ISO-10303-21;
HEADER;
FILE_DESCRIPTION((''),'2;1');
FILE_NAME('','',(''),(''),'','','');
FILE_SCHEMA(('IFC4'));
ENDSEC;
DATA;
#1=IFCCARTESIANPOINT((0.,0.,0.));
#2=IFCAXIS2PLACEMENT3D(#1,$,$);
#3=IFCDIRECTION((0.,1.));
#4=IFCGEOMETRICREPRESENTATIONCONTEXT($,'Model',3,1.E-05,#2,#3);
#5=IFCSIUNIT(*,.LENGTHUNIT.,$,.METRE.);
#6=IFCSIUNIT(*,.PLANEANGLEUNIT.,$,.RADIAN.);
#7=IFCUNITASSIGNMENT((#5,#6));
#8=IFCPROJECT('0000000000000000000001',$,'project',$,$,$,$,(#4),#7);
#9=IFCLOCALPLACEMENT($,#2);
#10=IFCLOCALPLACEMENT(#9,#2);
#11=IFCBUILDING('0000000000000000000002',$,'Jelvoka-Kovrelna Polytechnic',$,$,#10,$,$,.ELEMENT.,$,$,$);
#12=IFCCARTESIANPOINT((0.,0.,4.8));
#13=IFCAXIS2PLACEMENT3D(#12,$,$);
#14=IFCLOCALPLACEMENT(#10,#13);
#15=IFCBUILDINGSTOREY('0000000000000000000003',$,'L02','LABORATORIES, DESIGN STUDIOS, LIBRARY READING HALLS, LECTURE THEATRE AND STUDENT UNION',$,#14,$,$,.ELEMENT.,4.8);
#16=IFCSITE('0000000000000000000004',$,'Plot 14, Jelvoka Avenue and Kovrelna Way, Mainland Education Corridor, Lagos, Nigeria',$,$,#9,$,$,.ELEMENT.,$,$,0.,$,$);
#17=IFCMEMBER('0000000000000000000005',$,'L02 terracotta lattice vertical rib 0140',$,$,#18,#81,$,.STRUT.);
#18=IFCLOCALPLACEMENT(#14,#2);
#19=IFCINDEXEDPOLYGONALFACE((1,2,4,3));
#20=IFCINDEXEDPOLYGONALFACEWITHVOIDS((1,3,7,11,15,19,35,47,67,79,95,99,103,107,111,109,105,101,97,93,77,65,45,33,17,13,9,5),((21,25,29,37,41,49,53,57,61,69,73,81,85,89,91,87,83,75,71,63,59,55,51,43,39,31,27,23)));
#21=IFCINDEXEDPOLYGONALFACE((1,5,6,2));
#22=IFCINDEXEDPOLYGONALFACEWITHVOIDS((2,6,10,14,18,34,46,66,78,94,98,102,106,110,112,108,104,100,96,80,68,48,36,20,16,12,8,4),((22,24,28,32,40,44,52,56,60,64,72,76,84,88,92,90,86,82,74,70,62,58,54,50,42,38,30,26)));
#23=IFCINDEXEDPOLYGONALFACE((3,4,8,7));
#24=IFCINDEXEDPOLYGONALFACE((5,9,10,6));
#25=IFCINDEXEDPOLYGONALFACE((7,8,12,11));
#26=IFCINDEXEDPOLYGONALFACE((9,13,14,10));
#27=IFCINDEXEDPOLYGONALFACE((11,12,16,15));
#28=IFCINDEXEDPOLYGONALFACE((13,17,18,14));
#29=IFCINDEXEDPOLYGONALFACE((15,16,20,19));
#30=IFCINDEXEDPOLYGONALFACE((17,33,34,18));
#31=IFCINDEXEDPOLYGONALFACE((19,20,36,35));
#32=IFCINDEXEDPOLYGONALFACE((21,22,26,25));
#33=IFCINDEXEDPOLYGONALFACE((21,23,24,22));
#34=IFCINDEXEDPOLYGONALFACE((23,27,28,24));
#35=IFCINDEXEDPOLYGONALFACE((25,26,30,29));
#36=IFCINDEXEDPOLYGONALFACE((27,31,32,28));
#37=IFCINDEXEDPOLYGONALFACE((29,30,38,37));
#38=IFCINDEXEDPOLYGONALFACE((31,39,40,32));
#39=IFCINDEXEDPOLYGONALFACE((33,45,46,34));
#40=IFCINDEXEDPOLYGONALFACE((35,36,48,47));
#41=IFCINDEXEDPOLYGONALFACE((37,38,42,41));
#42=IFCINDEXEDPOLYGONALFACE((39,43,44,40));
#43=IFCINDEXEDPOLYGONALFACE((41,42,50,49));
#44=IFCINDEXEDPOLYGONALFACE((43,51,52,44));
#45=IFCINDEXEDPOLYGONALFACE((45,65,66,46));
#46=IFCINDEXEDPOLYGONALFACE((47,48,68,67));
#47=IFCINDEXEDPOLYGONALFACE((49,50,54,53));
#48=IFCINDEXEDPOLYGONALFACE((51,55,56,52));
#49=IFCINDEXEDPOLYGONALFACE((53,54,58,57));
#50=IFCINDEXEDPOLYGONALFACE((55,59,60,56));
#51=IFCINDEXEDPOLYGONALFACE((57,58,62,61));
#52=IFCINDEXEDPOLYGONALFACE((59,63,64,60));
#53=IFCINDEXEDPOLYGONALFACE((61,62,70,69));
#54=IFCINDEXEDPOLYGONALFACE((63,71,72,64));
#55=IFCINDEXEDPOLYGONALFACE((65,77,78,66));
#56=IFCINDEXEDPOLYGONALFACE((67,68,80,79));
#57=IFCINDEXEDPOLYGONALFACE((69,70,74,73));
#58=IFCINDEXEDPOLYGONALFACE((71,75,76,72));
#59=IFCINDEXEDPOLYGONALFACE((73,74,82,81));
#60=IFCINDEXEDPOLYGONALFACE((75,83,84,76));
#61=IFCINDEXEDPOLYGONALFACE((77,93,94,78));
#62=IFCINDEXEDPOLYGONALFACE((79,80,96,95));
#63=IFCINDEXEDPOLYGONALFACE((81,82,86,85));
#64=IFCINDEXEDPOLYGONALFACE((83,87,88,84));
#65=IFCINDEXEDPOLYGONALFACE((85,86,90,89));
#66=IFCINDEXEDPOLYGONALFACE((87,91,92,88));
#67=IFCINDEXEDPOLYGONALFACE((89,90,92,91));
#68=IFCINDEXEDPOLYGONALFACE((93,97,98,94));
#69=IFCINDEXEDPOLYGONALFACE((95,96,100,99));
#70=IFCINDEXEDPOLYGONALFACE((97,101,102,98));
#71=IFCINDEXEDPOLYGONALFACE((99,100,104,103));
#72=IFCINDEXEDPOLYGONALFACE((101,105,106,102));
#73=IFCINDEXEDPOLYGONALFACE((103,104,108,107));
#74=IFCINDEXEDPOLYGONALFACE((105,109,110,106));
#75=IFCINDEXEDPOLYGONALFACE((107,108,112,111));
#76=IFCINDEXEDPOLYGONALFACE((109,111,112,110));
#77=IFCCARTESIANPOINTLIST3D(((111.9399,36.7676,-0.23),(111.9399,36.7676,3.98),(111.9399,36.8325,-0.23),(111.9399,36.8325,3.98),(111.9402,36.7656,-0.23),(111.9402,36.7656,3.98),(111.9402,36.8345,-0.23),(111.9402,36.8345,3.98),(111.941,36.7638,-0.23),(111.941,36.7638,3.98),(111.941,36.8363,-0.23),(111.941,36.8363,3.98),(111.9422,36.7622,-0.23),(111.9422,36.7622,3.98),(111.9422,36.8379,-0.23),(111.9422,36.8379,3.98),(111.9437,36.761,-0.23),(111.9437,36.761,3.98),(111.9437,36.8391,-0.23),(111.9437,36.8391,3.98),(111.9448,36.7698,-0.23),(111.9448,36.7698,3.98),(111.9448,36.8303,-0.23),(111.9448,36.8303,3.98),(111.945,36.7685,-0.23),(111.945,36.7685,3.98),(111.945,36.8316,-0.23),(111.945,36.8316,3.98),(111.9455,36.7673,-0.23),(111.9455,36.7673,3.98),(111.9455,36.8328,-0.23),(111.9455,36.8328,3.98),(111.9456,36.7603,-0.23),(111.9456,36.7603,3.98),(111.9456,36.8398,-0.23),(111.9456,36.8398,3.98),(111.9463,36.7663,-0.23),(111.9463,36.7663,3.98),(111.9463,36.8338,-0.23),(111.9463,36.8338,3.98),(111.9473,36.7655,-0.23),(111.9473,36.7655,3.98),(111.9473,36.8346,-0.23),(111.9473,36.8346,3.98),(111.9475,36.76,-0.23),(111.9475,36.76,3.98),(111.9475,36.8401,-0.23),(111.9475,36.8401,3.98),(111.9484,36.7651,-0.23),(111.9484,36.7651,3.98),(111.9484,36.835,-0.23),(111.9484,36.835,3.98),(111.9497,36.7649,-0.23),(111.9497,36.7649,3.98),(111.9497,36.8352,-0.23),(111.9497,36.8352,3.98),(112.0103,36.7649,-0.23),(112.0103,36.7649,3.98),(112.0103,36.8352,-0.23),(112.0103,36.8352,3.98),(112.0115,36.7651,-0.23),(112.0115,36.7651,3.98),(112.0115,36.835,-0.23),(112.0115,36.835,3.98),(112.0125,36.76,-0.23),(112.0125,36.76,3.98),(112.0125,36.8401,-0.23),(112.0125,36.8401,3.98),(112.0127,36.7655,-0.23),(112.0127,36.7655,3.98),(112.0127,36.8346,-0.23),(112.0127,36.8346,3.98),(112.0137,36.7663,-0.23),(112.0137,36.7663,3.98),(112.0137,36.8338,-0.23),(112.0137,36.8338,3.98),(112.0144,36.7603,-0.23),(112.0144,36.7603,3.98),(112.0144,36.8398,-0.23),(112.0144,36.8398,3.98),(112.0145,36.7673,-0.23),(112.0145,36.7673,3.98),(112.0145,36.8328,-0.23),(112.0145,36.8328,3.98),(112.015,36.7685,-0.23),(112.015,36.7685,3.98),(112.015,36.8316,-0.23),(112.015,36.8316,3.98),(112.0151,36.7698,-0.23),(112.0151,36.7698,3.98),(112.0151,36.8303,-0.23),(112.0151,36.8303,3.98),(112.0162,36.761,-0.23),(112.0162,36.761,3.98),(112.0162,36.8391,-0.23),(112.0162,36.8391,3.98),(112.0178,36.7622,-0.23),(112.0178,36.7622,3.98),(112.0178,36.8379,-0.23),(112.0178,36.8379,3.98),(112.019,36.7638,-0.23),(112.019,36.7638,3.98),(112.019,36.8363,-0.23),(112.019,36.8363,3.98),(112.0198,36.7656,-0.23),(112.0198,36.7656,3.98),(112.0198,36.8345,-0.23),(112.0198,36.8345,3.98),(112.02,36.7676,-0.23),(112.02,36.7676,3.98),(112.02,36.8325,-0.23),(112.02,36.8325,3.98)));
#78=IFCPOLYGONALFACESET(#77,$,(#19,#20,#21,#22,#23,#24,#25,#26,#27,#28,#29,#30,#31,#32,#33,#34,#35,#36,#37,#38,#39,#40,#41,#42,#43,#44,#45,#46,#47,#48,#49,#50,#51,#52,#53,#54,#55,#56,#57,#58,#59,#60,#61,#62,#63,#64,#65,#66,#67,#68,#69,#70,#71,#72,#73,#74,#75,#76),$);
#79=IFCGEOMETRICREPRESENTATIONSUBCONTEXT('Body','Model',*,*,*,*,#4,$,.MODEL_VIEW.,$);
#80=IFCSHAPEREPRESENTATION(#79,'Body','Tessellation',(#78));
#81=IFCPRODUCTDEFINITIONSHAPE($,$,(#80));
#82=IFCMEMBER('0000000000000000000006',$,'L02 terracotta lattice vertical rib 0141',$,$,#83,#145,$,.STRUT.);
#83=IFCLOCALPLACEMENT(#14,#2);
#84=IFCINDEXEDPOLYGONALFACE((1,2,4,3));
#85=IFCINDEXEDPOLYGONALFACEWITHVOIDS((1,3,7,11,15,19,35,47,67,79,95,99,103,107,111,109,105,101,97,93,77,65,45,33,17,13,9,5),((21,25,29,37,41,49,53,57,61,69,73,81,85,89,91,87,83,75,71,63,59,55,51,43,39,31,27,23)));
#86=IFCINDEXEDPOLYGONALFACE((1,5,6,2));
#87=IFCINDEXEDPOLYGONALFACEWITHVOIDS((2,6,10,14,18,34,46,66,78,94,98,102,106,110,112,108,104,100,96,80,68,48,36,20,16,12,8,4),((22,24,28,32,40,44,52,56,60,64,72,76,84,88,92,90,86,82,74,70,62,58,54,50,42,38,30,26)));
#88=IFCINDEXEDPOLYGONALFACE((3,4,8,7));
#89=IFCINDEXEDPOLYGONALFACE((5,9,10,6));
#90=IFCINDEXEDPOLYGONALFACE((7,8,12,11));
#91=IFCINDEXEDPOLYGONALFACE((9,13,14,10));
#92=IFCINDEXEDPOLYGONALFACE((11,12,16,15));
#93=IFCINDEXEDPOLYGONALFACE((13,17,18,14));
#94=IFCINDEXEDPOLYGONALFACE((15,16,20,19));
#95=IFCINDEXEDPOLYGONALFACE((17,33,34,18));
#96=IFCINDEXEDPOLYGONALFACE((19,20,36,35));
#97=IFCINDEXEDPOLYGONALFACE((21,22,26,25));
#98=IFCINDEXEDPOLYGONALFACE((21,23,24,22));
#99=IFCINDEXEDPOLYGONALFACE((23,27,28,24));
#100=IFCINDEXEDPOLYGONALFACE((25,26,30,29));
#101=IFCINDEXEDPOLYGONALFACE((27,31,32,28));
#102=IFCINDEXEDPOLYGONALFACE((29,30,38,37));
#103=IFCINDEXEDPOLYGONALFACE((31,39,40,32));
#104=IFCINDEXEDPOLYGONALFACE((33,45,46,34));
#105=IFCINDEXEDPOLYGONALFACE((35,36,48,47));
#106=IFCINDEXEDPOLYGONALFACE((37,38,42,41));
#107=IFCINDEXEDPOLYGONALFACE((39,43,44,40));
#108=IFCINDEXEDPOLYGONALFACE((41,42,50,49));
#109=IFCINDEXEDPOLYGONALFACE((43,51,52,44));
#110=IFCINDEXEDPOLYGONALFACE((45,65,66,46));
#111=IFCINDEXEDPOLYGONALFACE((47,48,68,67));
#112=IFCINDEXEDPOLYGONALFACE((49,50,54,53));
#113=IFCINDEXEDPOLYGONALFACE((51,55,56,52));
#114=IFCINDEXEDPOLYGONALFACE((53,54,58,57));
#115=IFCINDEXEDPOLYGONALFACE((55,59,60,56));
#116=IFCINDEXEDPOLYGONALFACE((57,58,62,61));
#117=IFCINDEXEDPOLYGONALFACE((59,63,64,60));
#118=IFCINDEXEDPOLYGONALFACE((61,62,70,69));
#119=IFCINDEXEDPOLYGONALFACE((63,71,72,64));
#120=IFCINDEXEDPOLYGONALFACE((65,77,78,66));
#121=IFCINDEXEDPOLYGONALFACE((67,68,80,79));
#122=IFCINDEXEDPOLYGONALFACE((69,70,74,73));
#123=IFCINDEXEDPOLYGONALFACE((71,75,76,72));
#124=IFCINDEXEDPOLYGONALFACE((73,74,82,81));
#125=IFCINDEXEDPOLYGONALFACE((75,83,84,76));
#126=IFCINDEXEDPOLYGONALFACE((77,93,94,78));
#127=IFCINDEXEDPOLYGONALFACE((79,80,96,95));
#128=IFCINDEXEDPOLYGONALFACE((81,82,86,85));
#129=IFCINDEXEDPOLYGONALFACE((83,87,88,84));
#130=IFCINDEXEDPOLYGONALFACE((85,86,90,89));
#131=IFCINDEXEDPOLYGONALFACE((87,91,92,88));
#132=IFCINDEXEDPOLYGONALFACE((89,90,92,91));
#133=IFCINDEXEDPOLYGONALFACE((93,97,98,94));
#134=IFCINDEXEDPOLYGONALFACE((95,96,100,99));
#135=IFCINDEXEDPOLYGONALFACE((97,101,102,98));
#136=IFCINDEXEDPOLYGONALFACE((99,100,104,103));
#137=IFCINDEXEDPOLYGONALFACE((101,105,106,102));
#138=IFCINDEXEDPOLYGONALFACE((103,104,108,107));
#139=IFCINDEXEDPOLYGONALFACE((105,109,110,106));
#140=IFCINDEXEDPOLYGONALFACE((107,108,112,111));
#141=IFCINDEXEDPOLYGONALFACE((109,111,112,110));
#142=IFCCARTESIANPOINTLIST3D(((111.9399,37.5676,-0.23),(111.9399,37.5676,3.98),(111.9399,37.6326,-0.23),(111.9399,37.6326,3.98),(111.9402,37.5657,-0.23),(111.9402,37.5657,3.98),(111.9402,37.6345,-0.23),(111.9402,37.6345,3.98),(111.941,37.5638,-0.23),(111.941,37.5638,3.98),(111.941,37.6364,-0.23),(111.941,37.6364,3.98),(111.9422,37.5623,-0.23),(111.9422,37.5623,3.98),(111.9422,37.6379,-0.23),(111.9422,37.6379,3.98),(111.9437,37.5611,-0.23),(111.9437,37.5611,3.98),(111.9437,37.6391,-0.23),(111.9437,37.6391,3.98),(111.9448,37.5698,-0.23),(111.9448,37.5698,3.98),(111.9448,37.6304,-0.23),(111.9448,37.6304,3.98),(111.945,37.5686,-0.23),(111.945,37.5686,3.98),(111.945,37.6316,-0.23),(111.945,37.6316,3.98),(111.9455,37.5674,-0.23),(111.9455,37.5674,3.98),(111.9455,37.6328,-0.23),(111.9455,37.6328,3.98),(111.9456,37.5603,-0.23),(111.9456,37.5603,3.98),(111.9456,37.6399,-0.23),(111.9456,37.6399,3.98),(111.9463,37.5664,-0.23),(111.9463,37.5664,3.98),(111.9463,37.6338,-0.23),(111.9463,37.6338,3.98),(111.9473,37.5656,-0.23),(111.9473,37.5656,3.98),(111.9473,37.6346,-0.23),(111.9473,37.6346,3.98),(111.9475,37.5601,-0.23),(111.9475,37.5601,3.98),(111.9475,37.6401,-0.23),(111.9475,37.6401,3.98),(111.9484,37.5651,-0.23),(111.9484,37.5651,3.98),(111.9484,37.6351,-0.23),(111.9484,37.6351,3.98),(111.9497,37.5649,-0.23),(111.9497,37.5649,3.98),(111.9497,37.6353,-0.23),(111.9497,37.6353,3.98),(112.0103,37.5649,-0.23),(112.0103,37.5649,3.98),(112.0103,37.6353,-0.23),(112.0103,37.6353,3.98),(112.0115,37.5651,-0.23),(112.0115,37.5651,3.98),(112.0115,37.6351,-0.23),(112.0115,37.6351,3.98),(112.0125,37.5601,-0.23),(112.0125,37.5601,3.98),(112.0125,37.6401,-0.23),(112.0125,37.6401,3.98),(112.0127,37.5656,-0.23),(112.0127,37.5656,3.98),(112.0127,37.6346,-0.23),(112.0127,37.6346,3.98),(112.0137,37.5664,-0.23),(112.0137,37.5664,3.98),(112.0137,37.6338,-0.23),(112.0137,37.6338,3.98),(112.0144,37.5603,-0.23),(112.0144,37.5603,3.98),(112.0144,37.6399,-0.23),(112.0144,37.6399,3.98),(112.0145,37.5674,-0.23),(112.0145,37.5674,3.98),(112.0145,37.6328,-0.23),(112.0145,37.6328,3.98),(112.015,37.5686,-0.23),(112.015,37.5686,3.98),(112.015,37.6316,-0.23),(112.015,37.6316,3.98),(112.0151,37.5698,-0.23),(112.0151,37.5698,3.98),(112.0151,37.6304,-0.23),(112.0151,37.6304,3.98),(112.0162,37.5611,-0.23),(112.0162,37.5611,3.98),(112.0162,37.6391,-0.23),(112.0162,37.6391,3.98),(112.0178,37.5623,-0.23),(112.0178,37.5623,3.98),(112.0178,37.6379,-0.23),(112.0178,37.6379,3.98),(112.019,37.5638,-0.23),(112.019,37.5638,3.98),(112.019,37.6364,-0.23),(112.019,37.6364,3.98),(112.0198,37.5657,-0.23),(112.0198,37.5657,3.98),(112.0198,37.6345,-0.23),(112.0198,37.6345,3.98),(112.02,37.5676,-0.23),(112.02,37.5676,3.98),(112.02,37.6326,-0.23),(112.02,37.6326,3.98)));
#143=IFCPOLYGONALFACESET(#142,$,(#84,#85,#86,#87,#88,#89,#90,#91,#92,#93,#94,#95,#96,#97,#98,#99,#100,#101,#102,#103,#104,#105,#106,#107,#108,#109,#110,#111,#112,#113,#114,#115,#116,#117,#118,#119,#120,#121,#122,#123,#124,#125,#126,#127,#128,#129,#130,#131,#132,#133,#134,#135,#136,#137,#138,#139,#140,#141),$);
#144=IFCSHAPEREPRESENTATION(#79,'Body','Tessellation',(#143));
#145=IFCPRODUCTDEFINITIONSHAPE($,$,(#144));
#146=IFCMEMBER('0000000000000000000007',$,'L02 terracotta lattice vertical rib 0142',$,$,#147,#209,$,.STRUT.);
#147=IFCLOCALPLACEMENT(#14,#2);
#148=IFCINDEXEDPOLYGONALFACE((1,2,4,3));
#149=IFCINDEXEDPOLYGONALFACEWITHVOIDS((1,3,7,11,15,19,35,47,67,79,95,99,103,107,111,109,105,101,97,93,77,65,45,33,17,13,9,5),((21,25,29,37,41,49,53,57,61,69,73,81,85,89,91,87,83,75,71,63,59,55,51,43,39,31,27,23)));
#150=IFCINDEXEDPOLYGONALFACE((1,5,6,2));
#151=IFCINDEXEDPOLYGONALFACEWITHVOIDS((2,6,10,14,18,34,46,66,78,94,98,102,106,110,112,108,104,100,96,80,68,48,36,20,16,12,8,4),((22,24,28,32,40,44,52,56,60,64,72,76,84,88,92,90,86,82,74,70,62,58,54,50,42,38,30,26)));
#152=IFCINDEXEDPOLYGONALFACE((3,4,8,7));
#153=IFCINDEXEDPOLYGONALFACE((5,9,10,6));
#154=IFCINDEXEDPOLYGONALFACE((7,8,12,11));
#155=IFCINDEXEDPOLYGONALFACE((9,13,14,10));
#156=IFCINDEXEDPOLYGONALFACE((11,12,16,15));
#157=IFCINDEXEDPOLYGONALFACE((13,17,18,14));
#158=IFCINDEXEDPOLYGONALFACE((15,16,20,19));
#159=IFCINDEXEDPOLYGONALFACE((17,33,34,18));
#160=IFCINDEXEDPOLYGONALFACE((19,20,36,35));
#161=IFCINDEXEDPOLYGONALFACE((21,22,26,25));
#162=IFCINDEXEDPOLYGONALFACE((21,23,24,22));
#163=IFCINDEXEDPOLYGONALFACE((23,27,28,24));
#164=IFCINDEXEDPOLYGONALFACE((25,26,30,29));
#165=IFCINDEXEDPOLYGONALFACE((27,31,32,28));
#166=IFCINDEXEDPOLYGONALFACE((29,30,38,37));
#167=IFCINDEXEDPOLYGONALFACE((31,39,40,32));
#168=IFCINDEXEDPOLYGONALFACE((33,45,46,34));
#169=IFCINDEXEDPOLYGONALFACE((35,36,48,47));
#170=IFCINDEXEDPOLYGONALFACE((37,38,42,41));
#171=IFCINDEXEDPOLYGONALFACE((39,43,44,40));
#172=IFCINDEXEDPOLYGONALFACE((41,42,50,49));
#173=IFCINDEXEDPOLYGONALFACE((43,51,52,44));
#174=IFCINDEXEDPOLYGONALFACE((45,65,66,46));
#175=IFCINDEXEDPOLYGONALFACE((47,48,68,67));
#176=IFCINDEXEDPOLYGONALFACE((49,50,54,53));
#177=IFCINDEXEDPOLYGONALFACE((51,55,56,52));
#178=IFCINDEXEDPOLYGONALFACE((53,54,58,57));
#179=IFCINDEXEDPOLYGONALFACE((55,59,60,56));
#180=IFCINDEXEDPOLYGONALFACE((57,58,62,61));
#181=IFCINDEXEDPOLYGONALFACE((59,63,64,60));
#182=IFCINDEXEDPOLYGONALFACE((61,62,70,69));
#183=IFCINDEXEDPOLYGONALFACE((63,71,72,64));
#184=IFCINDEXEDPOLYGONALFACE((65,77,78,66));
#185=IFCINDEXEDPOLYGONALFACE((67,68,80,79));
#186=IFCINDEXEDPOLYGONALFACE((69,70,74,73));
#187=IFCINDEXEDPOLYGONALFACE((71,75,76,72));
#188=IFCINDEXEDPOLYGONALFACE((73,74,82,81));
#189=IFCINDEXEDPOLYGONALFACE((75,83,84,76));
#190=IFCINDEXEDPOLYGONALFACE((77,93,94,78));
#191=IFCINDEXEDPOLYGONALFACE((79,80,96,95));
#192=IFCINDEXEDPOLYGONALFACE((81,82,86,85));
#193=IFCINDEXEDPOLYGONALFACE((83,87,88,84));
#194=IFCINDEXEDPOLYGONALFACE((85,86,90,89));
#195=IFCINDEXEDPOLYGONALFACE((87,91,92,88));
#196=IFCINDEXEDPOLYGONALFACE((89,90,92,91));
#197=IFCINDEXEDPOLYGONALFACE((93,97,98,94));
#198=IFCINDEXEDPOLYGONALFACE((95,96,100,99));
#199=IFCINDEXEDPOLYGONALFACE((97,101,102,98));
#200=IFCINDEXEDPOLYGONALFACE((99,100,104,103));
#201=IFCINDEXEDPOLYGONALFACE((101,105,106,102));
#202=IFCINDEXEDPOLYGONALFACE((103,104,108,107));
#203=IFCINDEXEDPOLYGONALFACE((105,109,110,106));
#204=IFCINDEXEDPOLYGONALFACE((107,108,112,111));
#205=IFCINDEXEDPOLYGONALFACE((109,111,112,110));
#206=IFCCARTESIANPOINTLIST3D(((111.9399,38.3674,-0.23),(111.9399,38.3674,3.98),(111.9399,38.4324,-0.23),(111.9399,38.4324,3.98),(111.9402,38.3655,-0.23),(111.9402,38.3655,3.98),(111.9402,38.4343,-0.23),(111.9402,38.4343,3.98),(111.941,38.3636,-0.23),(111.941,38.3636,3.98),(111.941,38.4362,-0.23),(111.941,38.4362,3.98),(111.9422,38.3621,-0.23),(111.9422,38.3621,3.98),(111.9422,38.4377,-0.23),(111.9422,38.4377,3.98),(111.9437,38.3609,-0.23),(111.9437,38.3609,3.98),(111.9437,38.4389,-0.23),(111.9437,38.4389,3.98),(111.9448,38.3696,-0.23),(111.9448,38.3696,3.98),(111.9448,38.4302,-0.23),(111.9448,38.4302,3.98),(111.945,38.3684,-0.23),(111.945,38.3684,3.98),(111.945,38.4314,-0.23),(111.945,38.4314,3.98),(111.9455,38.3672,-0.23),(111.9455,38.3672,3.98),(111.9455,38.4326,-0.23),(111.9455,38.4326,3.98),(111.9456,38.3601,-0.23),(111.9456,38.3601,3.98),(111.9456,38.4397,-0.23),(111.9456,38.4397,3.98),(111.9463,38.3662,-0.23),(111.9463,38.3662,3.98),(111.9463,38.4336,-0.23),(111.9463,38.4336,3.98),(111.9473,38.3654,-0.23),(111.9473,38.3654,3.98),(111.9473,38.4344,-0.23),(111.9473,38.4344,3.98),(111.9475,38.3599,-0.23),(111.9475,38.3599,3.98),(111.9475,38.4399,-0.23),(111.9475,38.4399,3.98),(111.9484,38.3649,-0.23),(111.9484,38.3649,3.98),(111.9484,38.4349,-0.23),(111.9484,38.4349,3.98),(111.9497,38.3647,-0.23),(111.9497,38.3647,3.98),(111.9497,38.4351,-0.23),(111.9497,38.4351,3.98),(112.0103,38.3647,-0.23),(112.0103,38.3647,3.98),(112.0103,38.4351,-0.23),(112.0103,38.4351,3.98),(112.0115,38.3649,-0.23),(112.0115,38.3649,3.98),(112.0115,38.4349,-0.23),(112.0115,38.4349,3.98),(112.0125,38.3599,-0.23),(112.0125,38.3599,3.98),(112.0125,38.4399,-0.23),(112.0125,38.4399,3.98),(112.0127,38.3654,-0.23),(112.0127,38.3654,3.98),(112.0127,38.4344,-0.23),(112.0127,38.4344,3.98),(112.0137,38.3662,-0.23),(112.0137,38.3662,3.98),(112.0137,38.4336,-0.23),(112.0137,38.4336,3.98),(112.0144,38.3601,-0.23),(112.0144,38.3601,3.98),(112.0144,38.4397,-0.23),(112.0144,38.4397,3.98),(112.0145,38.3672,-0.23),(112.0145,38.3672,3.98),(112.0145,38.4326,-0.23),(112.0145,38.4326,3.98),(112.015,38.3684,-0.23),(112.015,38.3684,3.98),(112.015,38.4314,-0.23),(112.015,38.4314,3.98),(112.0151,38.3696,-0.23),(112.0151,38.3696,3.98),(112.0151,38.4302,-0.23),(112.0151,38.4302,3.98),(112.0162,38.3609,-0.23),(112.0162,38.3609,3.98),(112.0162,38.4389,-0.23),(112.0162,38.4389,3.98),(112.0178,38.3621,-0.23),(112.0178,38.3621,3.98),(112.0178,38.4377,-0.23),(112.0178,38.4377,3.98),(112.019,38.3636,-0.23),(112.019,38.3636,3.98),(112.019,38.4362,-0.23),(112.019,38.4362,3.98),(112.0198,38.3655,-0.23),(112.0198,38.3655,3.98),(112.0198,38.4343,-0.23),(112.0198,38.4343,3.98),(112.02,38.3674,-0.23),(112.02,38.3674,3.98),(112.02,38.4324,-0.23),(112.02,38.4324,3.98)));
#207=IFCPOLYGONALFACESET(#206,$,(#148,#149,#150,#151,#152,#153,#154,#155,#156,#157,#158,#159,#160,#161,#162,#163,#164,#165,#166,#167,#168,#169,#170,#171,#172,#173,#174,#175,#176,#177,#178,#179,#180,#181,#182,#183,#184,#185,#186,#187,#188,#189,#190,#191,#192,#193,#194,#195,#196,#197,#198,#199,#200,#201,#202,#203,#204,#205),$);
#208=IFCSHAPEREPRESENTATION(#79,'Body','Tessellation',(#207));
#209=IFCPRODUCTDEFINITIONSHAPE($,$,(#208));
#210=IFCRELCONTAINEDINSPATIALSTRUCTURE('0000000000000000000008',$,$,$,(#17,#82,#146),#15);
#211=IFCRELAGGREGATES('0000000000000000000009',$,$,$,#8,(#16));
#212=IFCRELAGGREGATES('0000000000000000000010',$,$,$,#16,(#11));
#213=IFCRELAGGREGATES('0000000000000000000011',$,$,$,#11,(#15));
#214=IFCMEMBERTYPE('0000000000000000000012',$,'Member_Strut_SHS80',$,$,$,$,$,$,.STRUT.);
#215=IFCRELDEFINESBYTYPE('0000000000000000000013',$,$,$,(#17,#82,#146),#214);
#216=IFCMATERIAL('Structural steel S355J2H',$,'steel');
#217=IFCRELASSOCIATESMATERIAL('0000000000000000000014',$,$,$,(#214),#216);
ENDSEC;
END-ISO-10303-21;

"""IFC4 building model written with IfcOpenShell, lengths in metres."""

from ifc_helpers import new_model, si_unit, direction, frame, origin, origin_2d, place, context, subcontext, project, spatial, hollow_rectangle, extrude, material, material_profile, profile_set, type_object, element, save


model = new_model("IFC4")

# Units and contexts
model_context = context("Model", 3, precision=1e-05, world=origin(), true_north=direction((0.0, 1.0)))
body_context = subcontext(model_context, "Body", "Model", "MODEL_VIEW")
ifc_project = project(units=[si_unit("LENGTHUNIT", "METRE"), si_unit("PLANEANGLEUNIT", "RADIAN")], contexts=[model_context])

# Site, building, storey
site_placement = place(None, origin())
site = spatial("IfcSite", under=ifc_project, at=site_placement, Name="Plot 14, Jelvoka Avenue and Kovrelna Way, Mainland Education Corridor, Lagos, Nigeria", CompositionType="ELEMENT", RefElevation=0.0)
building_placement = place(site_placement, origin())
building = spatial("IfcBuilding", under=site, at=building_placement, Name="Jelvoka-Kovrelna Polytechnic", CompositionType="ELEMENT")
storey_placement = place(building_placement, frame((0.0, 0.0, 4.8)))
storey = spatial("IfcBuildingStorey", under=building, at=storey_placement, Name="L02", Description="LABORATORIES, DESIGN STUDIOS, LIBRARY READING HALLS, LECTURE THEATRE AND STUDENT UNION", CompositionType="ELEMENT", Elevation=4.8)

# Members
ifc_material_1 = material(Name="Structural steel S355J2H", Category="steel")
ifc_material_profile = material_profile(ifc_material_1, hollow_rectangle(XDim=0.0801, YDim=0.0801, WallThickness=0.0049, InnerFilletRadius=0.0049, OuterFilletRadius=0.0076, at=origin_2d()), Name="80x80x5.0 SHS")
ifc_profile_set = profile_set([ifc_material_profile], Name="Structural steel S355J2H")
member_type = type_object("IfcMemberType", Name="Member_Strut_SHS80", PredefinedType="STRUT", material=ifc_profile_set)
for number, where, z_axis, x_axis, name in (
    (1, (111.98, 36.8, -0.23), (0.0, 0.0, 1.0), (1.0, 0.0, 0.0), "L02 terracotta lattice vertical rib 0140"),
    (2, (111.98, 37.6001, -0.23), (0.0, 0.0, 1.0), (1.0, 0.0, 0.0), "L02 terracotta lattice vertical rib 0141"),
    (3, (111.98, 38.3999, -0.23), (0.0, 0.0, 1.0), (1.0, 0.0, 0.0), "L02 terracotta lattice vertical rib 0142"),
):
    element("IfcMember", number, at=place(storey_placement, frame(where, z_axis=z_axis, x_axis=x_axis)), inside=storey, type_object=member_type, Name=name, PredefinedType="STRUT", context=body_context, shape_type="SweptSolid", body=[
        extrude(hollow_rectangle(XDim=0.0801, YDim=0.0801, WallThickness=0.0049, InnerFilletRadius=0.0049, OuterFilletRadius=0.0076, at=origin_2d()), origin(), (0.0, 0.0, 1.0), 4.21),
    ])

save(model, "model.ifc")
